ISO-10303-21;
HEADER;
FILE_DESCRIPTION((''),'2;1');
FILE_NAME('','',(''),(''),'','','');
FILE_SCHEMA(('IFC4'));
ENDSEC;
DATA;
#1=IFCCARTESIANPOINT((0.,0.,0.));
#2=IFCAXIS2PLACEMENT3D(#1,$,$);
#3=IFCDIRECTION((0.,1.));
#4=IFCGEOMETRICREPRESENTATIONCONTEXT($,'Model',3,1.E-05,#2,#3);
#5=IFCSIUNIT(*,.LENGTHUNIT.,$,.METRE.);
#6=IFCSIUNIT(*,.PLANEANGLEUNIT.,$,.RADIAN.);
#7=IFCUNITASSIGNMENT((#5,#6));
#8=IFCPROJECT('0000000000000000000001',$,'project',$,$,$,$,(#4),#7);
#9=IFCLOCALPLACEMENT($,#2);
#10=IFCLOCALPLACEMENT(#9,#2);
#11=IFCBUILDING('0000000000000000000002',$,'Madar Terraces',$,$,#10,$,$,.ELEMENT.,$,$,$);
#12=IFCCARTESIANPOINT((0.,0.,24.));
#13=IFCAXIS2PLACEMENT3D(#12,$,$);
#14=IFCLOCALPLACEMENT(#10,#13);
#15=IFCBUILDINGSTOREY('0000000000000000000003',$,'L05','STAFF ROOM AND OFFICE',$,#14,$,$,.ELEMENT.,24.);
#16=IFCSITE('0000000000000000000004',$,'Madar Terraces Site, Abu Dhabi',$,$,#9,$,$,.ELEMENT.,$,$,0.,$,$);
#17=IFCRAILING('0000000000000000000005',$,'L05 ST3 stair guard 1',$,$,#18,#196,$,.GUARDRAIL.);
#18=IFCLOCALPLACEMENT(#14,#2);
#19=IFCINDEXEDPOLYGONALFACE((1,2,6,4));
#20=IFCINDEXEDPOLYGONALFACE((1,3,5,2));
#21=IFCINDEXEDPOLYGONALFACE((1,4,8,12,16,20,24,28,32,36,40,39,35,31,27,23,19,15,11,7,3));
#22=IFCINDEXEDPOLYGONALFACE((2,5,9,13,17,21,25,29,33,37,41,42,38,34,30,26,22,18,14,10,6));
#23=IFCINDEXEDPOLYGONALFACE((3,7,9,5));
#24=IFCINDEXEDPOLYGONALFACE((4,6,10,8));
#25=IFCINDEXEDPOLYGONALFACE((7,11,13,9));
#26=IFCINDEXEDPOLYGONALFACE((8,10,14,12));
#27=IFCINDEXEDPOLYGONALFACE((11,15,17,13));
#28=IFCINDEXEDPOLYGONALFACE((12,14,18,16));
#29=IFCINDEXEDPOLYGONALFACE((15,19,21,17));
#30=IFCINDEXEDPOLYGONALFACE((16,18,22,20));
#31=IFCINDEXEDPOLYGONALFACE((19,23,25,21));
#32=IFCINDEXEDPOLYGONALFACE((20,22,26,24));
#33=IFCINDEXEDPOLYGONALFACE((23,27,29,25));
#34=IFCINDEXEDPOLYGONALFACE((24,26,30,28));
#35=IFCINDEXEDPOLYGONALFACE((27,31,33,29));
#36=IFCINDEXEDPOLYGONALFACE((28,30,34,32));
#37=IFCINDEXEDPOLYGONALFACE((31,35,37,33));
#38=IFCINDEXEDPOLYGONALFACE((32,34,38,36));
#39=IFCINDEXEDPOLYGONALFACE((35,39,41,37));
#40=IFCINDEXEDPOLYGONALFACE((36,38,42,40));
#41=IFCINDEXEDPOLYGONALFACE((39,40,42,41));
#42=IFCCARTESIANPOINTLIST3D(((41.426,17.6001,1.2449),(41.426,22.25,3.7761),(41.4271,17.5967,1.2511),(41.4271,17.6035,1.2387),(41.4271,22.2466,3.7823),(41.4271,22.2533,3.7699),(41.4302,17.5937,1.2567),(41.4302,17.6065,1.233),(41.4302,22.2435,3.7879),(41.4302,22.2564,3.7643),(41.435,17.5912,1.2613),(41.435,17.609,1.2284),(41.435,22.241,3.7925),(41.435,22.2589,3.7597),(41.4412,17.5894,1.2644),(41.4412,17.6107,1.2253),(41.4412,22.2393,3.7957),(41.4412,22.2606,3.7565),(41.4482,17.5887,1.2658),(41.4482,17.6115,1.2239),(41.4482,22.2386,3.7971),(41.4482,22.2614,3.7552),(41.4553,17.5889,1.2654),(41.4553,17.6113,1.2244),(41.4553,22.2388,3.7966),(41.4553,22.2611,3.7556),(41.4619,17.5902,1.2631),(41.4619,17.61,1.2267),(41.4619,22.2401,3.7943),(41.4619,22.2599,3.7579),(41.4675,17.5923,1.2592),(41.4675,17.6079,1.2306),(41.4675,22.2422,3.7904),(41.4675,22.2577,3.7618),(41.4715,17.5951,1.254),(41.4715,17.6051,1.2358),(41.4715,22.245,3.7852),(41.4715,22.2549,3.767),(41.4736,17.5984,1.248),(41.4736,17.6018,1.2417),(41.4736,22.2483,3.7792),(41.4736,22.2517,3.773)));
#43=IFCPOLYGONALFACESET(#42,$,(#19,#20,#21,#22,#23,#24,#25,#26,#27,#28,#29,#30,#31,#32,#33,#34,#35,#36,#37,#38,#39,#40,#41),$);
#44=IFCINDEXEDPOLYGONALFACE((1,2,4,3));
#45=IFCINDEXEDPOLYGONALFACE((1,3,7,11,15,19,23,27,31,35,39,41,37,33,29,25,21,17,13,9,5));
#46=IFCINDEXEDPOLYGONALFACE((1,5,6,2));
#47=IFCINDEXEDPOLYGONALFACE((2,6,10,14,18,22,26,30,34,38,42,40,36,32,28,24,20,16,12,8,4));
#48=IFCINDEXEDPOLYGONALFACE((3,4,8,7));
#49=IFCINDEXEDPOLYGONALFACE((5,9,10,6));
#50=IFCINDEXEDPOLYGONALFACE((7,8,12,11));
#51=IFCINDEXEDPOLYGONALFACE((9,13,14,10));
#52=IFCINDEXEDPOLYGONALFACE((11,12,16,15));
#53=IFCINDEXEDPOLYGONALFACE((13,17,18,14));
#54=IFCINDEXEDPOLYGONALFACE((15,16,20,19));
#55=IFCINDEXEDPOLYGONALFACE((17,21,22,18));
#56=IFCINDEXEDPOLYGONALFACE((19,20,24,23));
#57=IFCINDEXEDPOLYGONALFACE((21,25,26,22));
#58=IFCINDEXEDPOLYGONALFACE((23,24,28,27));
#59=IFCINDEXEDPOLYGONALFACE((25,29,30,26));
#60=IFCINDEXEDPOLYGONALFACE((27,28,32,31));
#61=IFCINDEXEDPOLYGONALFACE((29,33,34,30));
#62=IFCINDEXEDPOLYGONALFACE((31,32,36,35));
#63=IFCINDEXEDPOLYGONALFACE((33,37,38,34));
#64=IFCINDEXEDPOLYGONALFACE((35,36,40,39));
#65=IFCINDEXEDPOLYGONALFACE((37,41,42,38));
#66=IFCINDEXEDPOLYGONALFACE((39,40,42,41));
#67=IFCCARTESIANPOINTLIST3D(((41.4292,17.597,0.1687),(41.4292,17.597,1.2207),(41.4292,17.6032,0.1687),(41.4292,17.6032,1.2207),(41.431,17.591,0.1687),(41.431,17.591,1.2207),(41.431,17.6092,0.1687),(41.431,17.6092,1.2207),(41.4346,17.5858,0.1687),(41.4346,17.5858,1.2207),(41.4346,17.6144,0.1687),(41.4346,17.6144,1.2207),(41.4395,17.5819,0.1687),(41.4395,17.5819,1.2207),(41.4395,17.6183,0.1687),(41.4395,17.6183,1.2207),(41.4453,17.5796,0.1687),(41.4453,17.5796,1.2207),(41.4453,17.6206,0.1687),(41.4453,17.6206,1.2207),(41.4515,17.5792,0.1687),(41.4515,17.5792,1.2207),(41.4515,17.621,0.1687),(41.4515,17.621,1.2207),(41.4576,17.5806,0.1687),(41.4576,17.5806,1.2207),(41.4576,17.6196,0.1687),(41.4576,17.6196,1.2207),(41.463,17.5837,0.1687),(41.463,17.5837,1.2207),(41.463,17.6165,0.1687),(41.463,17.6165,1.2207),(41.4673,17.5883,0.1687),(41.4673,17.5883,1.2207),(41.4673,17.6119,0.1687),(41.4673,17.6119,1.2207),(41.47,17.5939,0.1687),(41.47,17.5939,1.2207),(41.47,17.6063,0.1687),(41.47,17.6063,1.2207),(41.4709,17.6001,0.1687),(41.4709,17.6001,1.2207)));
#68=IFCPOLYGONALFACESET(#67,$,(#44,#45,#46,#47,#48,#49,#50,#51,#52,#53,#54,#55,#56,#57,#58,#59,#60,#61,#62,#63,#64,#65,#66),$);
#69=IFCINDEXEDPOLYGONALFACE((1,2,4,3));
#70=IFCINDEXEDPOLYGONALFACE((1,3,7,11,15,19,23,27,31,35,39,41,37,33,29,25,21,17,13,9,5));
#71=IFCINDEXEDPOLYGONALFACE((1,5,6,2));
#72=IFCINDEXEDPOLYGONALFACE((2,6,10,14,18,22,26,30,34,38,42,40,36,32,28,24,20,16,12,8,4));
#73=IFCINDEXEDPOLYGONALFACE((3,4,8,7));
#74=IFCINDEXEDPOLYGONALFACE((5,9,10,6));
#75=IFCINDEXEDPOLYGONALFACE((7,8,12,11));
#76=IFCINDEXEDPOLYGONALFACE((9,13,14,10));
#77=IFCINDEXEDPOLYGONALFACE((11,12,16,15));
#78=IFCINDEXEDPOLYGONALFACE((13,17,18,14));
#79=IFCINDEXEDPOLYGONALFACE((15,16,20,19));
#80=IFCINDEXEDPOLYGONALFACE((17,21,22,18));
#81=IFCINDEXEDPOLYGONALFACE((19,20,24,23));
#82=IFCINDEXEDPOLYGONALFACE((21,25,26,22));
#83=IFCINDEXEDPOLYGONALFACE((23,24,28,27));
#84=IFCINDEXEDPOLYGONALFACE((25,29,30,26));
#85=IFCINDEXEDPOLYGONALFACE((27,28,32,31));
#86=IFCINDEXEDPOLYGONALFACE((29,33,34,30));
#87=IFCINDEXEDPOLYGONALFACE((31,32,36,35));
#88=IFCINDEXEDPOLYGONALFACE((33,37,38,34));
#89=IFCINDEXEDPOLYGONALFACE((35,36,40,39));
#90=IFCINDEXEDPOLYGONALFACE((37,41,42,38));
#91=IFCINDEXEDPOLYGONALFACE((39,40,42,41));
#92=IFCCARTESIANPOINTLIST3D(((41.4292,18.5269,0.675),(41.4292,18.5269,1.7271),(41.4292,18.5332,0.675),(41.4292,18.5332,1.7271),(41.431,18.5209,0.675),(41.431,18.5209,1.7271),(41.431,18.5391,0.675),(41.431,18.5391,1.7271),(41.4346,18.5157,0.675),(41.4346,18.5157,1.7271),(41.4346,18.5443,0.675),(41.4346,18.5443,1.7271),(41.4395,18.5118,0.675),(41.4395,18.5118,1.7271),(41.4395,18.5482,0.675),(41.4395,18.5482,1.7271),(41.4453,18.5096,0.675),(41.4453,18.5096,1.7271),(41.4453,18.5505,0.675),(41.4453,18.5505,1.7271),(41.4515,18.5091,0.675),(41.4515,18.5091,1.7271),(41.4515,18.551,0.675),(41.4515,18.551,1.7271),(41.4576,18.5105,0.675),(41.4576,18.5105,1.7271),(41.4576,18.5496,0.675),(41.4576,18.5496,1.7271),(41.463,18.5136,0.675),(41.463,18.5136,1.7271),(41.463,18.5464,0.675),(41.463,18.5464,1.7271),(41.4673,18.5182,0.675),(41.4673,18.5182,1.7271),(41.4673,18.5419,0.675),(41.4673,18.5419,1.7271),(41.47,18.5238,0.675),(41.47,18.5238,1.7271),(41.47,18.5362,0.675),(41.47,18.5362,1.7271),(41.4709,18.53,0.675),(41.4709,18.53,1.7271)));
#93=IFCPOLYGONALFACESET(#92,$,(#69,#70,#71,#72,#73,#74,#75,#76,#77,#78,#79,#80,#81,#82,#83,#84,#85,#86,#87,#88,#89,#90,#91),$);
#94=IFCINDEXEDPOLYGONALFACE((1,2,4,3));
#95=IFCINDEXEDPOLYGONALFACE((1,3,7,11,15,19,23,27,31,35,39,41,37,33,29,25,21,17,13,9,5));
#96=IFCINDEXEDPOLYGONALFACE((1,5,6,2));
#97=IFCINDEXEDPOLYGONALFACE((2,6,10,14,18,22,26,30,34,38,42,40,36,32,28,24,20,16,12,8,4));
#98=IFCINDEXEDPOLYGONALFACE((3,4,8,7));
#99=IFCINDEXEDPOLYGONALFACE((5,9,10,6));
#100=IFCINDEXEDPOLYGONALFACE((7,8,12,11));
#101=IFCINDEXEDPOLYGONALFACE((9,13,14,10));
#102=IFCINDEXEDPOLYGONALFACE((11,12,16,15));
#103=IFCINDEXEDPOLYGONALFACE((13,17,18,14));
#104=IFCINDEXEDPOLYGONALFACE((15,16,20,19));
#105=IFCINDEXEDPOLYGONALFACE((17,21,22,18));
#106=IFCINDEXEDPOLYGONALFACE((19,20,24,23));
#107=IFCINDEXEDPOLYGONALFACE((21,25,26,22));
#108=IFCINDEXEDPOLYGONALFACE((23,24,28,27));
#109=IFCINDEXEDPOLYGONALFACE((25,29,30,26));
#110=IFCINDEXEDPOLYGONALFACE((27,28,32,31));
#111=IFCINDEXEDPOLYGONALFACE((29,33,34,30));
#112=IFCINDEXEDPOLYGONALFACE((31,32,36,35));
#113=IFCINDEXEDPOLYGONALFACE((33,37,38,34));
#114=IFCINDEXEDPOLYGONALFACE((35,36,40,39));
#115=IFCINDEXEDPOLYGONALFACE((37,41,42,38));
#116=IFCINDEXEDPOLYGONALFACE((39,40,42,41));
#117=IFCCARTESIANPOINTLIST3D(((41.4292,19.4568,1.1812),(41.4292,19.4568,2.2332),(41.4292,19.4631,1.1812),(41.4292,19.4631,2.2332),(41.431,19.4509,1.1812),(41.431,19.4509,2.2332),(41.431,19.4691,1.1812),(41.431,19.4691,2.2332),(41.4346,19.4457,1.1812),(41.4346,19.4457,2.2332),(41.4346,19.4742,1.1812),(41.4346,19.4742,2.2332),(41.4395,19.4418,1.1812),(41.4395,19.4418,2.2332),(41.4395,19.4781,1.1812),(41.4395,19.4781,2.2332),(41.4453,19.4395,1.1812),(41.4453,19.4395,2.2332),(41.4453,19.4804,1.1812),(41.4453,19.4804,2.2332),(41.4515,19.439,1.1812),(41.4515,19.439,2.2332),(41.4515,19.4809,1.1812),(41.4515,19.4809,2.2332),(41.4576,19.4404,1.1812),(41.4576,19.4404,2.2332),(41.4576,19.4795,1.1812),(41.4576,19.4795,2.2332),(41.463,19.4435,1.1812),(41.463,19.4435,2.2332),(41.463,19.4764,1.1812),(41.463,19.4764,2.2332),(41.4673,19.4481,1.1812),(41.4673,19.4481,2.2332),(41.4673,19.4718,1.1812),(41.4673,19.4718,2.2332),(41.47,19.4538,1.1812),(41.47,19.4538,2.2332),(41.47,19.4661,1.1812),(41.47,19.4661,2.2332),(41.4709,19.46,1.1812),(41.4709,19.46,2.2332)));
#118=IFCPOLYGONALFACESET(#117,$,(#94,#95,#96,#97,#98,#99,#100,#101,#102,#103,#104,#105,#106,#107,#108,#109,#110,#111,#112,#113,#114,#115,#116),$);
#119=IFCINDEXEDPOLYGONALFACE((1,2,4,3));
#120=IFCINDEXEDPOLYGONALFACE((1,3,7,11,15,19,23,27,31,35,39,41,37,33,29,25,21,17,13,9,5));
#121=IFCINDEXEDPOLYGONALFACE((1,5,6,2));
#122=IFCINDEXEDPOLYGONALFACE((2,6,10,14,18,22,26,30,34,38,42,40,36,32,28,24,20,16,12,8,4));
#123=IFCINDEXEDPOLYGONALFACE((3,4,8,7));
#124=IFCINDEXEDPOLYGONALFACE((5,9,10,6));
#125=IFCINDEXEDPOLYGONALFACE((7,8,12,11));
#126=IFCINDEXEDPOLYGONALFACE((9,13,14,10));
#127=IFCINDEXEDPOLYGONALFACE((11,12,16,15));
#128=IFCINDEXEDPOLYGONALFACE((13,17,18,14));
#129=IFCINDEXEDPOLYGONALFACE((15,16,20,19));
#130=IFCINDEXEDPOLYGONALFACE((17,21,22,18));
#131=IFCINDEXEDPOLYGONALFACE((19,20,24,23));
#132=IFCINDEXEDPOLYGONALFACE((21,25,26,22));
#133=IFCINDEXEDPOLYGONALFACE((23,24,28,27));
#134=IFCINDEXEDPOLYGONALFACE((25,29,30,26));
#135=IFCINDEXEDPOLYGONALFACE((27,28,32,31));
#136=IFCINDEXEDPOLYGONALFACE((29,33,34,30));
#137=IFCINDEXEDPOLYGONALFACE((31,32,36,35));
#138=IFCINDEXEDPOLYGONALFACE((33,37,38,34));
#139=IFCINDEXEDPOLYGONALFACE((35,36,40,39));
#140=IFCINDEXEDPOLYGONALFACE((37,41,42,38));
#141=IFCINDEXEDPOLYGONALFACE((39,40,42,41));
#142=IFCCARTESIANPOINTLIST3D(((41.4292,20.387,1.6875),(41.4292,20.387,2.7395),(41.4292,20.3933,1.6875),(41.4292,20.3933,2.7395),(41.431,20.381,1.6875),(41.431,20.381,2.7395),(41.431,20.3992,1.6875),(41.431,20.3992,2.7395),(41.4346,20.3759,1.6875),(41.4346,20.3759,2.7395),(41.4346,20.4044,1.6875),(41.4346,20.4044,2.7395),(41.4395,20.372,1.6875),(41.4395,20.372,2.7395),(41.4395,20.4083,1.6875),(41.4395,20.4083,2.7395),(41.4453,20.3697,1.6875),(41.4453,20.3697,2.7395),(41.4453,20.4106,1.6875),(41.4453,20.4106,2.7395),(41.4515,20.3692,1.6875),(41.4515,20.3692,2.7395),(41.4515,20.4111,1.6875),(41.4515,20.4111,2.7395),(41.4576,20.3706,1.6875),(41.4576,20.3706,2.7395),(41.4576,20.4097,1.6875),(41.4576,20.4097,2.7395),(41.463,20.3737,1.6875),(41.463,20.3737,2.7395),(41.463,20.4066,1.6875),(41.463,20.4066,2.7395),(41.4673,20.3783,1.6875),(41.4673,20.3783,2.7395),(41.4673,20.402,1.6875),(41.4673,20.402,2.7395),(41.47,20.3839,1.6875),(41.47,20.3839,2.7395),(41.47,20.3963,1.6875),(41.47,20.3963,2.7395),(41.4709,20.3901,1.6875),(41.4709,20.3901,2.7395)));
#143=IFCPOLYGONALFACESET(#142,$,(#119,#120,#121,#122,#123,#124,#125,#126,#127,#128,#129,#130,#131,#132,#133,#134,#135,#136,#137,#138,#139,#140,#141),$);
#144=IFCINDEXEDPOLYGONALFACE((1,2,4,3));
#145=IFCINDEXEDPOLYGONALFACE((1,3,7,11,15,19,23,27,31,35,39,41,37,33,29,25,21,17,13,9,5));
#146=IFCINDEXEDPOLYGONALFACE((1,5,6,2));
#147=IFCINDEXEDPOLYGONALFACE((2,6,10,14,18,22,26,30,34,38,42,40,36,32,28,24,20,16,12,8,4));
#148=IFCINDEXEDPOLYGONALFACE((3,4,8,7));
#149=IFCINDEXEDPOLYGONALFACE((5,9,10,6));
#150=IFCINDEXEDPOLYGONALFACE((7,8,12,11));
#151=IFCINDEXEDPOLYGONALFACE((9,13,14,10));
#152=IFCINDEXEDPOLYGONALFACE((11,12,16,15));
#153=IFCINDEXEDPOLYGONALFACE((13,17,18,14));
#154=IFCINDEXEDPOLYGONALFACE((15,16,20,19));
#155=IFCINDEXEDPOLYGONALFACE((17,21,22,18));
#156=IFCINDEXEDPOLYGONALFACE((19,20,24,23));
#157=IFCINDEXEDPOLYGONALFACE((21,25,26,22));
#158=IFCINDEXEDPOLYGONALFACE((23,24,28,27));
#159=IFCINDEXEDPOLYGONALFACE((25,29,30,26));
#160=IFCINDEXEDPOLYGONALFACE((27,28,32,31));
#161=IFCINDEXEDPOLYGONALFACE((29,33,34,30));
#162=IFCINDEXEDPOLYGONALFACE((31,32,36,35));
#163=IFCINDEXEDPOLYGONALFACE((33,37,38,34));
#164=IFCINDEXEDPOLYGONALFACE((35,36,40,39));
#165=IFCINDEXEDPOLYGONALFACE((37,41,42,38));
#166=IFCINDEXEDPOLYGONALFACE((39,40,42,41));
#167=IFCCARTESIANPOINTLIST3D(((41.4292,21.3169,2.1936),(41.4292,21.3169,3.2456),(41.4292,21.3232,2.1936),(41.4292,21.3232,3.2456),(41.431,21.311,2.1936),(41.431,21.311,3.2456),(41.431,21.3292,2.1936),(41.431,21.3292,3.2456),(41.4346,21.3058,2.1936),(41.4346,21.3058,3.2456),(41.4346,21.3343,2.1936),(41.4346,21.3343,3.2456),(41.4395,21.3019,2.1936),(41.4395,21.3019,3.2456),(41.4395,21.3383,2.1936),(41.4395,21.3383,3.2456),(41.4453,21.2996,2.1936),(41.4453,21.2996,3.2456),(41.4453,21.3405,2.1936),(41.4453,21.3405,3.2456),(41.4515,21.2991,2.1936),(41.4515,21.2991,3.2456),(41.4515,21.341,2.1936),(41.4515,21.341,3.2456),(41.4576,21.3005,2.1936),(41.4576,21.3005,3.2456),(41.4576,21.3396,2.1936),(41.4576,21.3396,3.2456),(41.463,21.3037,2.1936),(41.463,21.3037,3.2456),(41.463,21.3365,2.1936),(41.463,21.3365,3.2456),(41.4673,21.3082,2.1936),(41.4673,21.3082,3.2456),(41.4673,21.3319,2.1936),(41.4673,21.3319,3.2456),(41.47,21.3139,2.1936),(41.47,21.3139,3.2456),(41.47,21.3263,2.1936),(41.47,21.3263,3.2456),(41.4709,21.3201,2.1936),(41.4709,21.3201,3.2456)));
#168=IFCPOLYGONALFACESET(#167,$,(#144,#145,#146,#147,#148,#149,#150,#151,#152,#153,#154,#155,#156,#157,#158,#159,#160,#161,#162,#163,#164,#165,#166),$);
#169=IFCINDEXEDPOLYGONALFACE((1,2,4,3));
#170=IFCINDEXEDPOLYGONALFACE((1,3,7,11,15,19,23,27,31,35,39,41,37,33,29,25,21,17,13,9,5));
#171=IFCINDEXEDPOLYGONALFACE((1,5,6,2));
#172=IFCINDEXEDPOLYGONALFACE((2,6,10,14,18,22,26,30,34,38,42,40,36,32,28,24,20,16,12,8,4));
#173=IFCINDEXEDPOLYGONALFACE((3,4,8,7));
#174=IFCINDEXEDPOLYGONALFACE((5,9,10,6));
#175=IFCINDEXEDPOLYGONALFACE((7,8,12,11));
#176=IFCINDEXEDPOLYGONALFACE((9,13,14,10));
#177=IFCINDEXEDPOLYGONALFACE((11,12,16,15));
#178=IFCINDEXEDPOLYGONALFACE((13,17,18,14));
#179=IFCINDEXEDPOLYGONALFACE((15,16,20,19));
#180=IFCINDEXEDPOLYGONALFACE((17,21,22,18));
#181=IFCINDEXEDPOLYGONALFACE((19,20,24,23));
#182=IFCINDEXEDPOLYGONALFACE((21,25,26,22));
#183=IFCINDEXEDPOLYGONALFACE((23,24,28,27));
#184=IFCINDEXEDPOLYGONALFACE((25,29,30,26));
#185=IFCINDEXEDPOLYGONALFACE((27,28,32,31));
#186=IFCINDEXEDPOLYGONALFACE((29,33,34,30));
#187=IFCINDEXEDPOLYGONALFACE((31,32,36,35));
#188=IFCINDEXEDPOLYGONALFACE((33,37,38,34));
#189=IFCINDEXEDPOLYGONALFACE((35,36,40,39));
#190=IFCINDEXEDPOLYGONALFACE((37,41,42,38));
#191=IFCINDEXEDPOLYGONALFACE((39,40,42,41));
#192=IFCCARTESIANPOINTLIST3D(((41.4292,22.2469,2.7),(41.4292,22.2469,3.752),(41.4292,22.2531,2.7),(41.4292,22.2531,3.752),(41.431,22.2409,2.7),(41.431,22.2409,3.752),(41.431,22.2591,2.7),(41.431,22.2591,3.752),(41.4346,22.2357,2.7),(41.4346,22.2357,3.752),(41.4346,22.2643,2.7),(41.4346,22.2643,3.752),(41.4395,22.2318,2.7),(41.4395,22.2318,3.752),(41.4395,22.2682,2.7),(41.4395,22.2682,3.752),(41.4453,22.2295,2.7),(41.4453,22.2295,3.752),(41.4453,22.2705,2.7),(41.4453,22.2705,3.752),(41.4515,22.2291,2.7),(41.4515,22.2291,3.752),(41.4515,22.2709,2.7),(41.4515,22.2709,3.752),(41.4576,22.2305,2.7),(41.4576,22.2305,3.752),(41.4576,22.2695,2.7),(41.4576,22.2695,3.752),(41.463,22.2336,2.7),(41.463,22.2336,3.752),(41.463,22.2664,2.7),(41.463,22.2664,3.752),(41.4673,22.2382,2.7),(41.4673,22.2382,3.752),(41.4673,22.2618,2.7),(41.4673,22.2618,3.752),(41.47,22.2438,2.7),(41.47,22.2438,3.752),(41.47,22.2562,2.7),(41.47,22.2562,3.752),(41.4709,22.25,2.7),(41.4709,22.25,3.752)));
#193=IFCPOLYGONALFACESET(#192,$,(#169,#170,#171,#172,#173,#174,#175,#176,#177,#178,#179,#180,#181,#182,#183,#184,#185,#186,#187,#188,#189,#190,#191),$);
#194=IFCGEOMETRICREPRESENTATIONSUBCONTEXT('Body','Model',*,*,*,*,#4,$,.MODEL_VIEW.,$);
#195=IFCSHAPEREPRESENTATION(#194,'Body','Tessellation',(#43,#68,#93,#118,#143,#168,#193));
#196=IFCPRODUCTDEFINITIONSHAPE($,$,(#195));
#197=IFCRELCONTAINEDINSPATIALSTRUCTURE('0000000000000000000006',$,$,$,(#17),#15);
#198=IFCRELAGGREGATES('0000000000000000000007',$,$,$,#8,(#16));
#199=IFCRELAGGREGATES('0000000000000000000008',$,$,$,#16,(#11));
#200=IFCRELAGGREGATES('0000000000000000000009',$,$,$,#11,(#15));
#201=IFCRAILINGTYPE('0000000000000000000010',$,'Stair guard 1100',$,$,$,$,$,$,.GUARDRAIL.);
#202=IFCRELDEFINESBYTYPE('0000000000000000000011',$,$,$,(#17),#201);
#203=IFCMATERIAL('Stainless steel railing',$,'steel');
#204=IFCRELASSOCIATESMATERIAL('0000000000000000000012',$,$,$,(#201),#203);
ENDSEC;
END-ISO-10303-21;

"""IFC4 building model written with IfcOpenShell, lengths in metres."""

from ifc_helpers import new_model, si_unit, direction, frame, origin, origin_2d, place, context, subcontext, project, spatial, circle, extrude, material, type_object, element, save


model = new_model("IFC4")

# Units and contexts
model_context = context("Model", 3, precision=1e-05, world=origin(), true_north=direction((0.0, 1.0)))
body_context = subcontext(model_context, "Body", "Model", "MODEL_VIEW")
ifc_project = project(units=[si_unit("LENGTHUNIT", "METRE"), si_unit("PLANEANGLEUNIT", "RADIAN")], contexts=[model_context])

# Site, building, storey
site_placement = place(None, origin())
site = spatial("IfcSite", under=ifc_project, at=site_placement, Name="Madar Terraces Site, Abu Dhabi", CompositionType="ELEMENT", RefElevation=0.0)
building_placement = place(site_placement, origin())
building = spatial("IfcBuilding", under=site, at=building_placement, Name="Madar Terraces", CompositionType="ELEMENT")
storey_placement = place(building_placement, frame((0.0, 0.0, 24.0)))
storey = spatial("IfcBuildingStorey", under=building, at=storey_placement, Name="L05", Description="STAFF ROOM AND OFFICE", CompositionType="ELEMENT", Elevation=24.0)

# Railing
ifc_material_1 = material(Name="Stainless steel railing", Category="steel")
railing_type_1 = type_object("IfcRailingType", Name="Stair guard 1100", PredefinedType="GUARDRAIL", material=ifc_material_1)
railing_1_placement = place(storey_placement, frame((41.45, 17.6001, 0.1687)))
element("IfcRailing", 1, at=railing_1_placement, inside=storey, type_object=railing_type_1, Name="L05 ST3 stair guard 1", PredefinedType="GUARDRAIL", context=body_context, shape_type="SweptSolid", body=[
    extrude(circle(Radius=0.0239, at=origin_2d()), frame((0.0, 0.0, 1.0762), z_axis=(0.0, 0.878297, 0.478115), x_axis=(-1.0, 0.0, 0.0)), (0.0, 0.0, 1.0), 5.2942),
    extrude(circle(Radius=0.021, at=origin_2d()), origin(), (0.0, 0.0, 1.0), 1.052),
    extrude(circle(Radius=0.021, at=origin_2d()), frame((0.0, 0.9299, 0.5063)), (0.0, 0.0, 1.0), 1.052),
    extrude(circle(Radius=0.021, at=origin_2d()), frame((0.0, 1.8599, 1.0125)), (0.0, 0.0, 1.0), 1.052),
    extrude(circle(Radius=0.021, at=origin_2d()), frame((0.0, 2.79, 1.5188)), (0.0, 0.0, 1.0), 1.052),
    extrude(circle(Radius=0.021, at=origin_2d()), frame((0.0, 3.72, 2.0249)), (0.0, 0.0, 1.0), 1.052),
    extrude(circle(Radius=0.021, at=origin_2d()), frame((0.0, 4.6499, 2.5312)), (0.0, 0.0, 1.0), 1.052),
])

save(model, "model.ifc")
